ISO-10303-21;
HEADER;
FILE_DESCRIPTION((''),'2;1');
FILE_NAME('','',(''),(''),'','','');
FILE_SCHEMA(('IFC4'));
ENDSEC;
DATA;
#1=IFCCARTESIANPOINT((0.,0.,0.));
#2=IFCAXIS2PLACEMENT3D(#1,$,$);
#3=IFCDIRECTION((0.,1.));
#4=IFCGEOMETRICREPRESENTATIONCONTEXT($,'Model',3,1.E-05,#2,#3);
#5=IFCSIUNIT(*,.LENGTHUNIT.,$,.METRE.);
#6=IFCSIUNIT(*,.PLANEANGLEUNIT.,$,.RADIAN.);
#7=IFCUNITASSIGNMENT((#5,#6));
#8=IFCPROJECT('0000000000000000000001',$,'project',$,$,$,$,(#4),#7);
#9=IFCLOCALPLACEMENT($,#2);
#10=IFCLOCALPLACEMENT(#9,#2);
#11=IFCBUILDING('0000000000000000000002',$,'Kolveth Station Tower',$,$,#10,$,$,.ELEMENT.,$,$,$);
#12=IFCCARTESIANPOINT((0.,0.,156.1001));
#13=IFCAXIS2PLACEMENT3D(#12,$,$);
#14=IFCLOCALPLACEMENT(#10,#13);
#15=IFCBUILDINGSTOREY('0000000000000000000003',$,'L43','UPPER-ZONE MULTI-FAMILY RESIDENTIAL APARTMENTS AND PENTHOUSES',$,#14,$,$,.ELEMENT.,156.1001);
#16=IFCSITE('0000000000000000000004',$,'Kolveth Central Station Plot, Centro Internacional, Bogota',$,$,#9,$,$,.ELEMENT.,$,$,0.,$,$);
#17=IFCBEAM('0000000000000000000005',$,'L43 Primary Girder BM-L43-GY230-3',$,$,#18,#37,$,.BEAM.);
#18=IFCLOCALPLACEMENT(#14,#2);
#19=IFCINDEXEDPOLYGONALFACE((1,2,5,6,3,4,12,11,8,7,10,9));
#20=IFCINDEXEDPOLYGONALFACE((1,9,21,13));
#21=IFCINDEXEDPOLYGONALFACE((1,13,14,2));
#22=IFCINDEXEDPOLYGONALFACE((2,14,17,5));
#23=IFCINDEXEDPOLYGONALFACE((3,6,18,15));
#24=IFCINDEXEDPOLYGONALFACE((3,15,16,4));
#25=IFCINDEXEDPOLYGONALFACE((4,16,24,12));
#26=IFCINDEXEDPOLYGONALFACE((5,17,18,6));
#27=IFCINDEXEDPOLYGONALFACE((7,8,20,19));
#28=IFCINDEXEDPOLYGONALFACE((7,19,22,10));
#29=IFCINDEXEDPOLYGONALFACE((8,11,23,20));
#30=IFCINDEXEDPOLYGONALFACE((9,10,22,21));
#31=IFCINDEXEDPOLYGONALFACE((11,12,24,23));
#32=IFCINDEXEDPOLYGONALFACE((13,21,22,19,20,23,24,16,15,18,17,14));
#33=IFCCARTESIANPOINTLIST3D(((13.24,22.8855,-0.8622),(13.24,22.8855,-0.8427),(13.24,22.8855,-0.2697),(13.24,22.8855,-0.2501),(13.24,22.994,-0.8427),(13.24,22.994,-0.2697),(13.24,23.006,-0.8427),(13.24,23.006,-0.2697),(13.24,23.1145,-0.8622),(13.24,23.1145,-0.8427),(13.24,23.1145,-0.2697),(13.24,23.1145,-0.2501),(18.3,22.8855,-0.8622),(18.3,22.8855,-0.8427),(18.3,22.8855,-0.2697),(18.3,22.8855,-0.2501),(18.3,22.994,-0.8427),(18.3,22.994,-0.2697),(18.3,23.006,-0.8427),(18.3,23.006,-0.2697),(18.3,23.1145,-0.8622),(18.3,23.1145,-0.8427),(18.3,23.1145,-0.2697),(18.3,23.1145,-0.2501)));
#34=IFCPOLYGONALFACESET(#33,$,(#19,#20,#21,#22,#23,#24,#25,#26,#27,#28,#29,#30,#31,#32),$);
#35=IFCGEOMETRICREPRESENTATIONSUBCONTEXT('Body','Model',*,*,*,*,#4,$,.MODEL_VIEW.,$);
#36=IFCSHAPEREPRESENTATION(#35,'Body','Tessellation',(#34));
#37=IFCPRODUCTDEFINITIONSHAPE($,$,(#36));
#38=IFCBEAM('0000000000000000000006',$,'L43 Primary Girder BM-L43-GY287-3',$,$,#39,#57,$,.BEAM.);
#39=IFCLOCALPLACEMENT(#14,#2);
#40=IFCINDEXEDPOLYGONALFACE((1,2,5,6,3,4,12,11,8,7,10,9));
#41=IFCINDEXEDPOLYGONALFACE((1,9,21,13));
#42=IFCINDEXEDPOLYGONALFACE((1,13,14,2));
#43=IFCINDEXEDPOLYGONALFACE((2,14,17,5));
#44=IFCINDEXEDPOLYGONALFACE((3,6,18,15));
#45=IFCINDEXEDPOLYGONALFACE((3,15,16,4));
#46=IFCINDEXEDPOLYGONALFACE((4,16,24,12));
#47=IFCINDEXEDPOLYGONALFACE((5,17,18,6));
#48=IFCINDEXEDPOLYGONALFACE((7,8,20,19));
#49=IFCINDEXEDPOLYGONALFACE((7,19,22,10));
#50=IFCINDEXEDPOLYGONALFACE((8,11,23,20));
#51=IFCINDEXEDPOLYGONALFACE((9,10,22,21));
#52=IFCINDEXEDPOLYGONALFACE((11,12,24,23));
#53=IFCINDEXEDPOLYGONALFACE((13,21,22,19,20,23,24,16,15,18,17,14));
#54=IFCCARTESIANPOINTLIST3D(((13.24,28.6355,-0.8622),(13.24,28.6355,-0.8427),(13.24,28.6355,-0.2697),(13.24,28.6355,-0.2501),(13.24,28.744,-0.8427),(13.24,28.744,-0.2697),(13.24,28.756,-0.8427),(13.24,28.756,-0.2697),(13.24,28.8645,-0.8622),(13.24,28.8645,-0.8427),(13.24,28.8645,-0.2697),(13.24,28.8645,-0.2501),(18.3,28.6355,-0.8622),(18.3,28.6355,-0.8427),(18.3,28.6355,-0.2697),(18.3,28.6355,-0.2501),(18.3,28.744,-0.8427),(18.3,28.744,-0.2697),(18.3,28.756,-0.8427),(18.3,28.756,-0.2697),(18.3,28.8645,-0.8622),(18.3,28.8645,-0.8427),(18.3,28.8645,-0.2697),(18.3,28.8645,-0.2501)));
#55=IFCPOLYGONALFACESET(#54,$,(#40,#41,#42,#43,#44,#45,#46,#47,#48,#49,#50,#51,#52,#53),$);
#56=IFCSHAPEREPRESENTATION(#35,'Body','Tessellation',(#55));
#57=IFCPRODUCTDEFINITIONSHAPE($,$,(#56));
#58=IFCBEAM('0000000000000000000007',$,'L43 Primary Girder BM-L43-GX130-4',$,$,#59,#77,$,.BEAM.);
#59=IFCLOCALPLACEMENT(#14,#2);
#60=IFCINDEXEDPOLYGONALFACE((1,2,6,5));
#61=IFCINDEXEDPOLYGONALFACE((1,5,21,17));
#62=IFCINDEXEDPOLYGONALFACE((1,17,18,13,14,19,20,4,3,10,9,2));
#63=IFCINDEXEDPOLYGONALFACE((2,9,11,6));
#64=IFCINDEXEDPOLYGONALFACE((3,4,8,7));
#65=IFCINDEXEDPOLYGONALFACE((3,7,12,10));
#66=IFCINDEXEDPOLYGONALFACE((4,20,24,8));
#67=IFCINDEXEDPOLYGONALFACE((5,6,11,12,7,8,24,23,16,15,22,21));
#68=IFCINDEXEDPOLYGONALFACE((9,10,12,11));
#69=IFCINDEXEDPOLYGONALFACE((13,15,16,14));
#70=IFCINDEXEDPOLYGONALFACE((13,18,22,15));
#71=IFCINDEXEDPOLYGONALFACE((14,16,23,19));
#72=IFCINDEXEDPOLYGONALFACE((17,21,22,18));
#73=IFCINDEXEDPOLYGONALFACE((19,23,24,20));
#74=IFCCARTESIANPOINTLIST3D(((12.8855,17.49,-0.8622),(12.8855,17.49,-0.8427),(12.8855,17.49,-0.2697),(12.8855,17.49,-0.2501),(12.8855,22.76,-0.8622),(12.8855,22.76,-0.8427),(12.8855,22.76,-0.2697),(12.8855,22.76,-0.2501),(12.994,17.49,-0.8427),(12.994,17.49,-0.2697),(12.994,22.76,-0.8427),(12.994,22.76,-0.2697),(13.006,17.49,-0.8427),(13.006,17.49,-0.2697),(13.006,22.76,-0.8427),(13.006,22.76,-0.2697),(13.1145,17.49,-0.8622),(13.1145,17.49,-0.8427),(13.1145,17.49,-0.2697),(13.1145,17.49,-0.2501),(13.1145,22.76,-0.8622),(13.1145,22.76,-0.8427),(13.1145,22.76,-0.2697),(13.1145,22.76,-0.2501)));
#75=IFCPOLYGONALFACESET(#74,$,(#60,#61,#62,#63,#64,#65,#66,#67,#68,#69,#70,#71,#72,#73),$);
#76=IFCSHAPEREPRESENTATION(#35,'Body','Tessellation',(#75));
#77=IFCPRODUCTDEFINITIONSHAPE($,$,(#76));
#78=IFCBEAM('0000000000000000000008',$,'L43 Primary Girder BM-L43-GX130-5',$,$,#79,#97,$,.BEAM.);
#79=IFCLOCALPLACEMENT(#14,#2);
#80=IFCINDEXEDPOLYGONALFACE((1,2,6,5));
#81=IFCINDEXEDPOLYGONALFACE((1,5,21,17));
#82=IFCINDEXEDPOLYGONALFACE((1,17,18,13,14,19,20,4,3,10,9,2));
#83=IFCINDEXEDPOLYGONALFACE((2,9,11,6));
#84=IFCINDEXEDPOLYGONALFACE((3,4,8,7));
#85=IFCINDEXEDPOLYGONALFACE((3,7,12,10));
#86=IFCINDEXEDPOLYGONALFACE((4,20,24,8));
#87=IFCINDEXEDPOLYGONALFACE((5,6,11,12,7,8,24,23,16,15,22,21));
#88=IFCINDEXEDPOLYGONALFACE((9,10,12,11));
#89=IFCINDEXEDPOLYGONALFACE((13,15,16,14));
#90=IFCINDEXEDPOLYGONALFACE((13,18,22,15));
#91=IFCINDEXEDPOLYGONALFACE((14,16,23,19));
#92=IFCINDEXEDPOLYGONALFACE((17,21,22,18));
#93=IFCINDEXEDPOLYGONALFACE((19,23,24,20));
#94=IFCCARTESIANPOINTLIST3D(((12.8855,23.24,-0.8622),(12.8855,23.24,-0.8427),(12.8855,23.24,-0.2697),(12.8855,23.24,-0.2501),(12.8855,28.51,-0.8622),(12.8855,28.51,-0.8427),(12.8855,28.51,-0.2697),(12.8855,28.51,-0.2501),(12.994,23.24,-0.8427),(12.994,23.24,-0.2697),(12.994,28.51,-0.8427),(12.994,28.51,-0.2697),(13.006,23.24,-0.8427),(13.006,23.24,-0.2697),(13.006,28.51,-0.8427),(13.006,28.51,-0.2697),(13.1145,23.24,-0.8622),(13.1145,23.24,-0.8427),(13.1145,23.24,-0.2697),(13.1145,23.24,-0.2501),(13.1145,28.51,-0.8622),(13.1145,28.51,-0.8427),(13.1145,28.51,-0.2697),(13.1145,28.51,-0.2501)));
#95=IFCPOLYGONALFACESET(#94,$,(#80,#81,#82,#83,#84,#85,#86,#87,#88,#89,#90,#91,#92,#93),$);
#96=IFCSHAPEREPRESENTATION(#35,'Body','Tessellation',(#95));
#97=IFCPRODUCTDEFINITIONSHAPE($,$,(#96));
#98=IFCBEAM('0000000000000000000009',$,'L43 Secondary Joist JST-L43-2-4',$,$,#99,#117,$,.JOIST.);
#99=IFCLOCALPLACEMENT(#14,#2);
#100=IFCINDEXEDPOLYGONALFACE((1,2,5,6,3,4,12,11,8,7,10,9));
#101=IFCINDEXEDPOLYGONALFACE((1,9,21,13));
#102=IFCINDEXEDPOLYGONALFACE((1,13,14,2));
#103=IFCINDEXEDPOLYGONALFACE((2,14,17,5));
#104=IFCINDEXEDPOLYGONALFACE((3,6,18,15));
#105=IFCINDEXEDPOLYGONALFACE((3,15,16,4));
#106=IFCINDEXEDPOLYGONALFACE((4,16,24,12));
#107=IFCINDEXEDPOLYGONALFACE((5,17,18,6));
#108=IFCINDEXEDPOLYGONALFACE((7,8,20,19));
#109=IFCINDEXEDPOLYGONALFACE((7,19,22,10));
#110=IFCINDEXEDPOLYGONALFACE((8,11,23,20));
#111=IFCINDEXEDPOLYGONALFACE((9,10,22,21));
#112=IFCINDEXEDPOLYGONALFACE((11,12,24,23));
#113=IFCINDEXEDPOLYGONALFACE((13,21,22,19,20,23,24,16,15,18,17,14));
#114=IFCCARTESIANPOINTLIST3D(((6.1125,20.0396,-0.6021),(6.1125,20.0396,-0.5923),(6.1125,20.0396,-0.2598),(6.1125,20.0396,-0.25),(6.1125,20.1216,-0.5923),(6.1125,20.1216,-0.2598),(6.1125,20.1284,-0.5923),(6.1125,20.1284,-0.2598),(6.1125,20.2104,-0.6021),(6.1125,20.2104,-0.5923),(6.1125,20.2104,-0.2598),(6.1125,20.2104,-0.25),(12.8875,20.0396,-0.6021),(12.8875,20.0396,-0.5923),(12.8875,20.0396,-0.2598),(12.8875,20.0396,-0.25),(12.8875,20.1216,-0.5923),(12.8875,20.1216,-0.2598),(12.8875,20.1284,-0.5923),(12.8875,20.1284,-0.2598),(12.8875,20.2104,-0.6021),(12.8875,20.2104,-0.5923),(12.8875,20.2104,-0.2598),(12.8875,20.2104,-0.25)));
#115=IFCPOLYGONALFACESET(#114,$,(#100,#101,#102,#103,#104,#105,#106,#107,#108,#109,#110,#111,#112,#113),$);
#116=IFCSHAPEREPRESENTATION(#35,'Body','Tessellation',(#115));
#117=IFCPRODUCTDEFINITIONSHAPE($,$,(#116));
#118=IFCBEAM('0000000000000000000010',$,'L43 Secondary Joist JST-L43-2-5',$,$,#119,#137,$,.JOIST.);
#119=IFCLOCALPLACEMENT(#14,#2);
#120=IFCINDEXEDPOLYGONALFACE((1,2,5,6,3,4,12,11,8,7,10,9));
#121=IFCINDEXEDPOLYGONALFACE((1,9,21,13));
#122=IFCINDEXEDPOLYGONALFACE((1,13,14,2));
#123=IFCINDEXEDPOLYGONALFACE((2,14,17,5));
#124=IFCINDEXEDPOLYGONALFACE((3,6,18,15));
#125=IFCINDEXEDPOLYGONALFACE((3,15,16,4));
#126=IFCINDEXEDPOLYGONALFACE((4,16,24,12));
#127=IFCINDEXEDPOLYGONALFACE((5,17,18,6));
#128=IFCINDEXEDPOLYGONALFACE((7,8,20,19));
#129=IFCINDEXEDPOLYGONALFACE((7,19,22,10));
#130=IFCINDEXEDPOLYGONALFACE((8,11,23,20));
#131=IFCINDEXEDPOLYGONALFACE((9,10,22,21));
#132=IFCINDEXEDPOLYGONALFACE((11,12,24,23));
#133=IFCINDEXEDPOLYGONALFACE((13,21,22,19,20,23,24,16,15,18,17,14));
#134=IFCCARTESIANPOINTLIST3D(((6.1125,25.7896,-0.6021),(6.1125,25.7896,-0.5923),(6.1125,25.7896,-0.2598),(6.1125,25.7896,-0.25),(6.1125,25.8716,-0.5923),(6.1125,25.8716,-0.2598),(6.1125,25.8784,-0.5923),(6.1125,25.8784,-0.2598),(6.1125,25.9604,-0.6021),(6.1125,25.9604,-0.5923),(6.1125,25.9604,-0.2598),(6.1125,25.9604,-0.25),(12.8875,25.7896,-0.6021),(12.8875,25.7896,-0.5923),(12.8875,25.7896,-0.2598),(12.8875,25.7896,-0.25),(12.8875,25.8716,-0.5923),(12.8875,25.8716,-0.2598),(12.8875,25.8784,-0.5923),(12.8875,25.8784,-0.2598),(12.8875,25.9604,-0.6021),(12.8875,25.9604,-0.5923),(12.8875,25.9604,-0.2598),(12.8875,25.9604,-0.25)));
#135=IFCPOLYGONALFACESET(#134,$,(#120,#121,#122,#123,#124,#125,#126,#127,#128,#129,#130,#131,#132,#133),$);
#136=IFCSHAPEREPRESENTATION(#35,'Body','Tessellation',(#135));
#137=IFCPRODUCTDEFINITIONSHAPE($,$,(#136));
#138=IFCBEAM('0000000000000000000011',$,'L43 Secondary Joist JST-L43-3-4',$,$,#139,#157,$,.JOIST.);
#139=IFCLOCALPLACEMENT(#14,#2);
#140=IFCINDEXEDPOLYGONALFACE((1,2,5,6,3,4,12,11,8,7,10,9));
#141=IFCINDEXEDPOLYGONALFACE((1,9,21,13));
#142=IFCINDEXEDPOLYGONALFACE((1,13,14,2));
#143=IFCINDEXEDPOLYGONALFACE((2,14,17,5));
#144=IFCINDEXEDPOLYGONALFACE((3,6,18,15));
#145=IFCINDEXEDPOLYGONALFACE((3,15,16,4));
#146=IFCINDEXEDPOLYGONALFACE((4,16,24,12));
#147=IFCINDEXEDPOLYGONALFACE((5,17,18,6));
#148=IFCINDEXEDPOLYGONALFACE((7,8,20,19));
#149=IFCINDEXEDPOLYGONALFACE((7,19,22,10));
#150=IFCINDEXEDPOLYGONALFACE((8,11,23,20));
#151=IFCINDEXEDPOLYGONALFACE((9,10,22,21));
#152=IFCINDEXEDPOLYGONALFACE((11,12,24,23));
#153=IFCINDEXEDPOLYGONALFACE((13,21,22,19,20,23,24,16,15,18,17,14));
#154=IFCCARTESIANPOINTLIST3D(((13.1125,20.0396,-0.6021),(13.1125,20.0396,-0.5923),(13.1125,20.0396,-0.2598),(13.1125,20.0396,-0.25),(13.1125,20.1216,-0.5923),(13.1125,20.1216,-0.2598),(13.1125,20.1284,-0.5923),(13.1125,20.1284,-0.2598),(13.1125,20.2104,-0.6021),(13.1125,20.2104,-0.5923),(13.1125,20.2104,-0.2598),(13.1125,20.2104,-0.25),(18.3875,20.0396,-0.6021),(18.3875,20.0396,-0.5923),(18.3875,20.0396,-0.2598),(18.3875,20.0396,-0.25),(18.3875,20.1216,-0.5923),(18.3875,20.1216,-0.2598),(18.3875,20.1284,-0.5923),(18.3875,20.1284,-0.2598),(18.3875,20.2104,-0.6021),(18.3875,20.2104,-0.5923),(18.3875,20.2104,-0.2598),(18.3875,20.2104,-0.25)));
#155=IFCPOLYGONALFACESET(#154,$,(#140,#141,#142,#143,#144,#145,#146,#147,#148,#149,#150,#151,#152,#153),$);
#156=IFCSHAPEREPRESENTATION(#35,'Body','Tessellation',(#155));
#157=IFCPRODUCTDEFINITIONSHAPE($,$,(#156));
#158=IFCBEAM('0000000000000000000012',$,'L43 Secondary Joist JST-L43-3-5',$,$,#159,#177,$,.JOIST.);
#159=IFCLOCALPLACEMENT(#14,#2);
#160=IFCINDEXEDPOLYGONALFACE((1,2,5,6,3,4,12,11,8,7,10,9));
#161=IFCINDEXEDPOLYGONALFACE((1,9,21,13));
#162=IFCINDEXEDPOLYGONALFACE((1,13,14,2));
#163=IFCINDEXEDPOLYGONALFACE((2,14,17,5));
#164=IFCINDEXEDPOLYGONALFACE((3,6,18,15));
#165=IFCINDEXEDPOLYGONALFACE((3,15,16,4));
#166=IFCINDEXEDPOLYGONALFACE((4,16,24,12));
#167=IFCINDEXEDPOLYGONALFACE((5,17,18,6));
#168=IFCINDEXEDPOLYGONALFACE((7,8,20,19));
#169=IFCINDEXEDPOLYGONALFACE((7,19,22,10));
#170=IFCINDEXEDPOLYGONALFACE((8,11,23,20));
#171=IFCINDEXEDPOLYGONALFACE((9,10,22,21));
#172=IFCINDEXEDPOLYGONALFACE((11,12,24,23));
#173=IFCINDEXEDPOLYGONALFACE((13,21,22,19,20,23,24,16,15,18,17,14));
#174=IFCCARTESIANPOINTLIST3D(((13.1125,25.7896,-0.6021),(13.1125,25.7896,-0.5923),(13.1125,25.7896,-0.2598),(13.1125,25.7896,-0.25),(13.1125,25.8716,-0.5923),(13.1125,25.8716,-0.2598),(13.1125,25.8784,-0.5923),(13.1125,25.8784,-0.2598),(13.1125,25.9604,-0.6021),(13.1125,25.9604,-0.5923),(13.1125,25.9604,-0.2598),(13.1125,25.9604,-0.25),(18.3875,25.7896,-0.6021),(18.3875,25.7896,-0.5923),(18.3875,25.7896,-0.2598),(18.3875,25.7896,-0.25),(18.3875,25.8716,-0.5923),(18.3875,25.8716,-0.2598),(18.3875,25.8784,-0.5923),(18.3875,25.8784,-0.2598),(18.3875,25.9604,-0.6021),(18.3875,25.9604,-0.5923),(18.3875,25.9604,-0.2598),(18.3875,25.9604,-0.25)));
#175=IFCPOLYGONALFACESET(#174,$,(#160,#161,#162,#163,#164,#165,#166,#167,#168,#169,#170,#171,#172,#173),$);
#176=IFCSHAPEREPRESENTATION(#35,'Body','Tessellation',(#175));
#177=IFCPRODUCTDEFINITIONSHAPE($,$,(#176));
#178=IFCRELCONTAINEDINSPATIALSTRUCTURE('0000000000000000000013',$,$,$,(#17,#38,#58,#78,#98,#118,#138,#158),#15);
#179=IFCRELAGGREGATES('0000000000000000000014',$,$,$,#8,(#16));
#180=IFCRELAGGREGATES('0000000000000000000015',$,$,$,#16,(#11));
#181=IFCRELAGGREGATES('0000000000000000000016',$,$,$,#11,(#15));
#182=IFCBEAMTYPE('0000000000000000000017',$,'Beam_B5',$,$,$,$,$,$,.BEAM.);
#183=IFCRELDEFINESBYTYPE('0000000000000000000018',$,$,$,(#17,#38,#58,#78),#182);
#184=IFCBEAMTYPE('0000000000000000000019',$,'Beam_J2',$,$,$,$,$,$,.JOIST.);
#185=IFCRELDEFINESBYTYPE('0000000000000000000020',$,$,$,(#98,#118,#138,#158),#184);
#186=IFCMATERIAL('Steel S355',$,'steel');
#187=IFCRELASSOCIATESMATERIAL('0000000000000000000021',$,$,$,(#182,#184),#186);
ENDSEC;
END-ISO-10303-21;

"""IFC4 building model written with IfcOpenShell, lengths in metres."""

from ifc_helpers import new_model, si_unit, direction, frame, origin, origin_2d, place, context, subcontext, project, spatial, i_section, extrude, source, transform, mapped, material, material_profile, profile_set, type_object, element, save


model = new_model("IFC4")

# Units and contexts
model_context = context("Model", 3, precision=1e-05, world=origin(), true_north=direction((0.0, 1.0)))
body_context = subcontext(model_context, "Body", "Model", "MODEL_VIEW")
ifc_project = project(units=[si_unit("LENGTHUNIT", "METRE"), si_unit("PLANEANGLEUNIT", "RADIAN")], contexts=[model_context])

# Site, building, storey
site_placement = place(None, origin())
site = spatial("IfcSite", under=ifc_project, at=site_placement, Name="Kolveth Central Station Plot, Centro Internacional, Bogota", CompositionType="ELEMENT", RefElevation=0.0)
building_placement = place(site_placement, origin())
building = spatial("IfcBuilding", under=site, at=building_placement, Name="Kolveth Station Tower", CompositionType="ELEMENT")
storey_placement = place(building_placement, frame((0.0, 0.0, 156.1001)))
storey = spatial("IfcBuildingStorey", under=building, at=storey_placement, Name="L43", Description="UPPER-ZONE MULTI-FAMILY RESIDENTIAL APARTMENTS AND PENTHOUSES", CompositionType="ELEMENT", Elevation=156.1001)

# Shared definitions
ifc_material_1 = material(Name="Steel S355", Category="steel")

# Beams
ifc_material_profile_1 = material_profile(ifc_material_1, i_section(OverallWidth=0.229, OverallDepth=0.6121, WebThickness=0.012, FlangeThickness=0.0195, at=origin_2d()), Name="W610x125")
ifc_profile_set_1 = profile_set([ifc_material_profile_1], Name="Steel S355")
beam_type_1 = type_object("IfcBeamType", Name="Beam_B5", PredefinedType="BEAM", material=ifc_profile_set_1)
shared_shape_1 = source(origin(), body_context, "Body", "SweptSolid", [
    extrude(i_section(OverallWidth=0.229, OverallDepth=0.6121, WebThickness=0.012, FlangeThickness=0.0195, at=origin_2d()), origin(), (0.0, 0.0, 1.0), 5.0601),
])
for number, where, z_axis, x_axis, name in (
    (1, (13.24, 23.0, -0.5562), (1.0, 0.0, 0.0), (0.0, 1.0, 0.0), "L43 Primary Girder BM-L43-GY230-3"),
    (2, (13.24, 28.75, -0.5562), (1.0, 0.0, 0.0), (0.0, 1.0, 0.0), "L43 Primary Girder BM-L43-GY287-3"),
):
    element("IfcBeam", number, at=place(storey_placement, frame(where, z_axis=z_axis, x_axis=x_axis)), inside=storey, type_object=beam_type_1, Name=name, PredefinedType="BEAM", context=body_context, shape_type="MappedRepresentation", body=[
        mapped(shared_shape_1, transform((0.0, 0.0, 0.0), x_axis=(1.0, 0.0, 0.0), y_axis=(0.0, 1.0, 0.0), z_axis=(0.0, 0.0, 1.0), scale=1.0)),
    ])
shared_shape_2 = source(origin(), body_context, "Body", "SweptSolid", [
    extrude(i_section(OverallWidth=0.229, OverallDepth=0.6121, WebThickness=0.012, FlangeThickness=0.0195, at=origin_2d()), origin(), (0.0, 0.0, 1.0), 5.27),
])
for number, where, z_axis, x_axis, name in (
    (3, (13.0, 17.49, -0.5562), (0.0, 1.0, 0.0), (-1.0, 0.0, 0.0), "L43 Primary Girder BM-L43-GX130-4"),
    (4, (13.0, 23.24, -0.5562), (0.0, 1.0, 0.0), (-1.0, 0.0, 0.0), "L43 Primary Girder BM-L43-GX130-5"),
):
    element("IfcBeam", number, at=place(storey_placement, frame(where, z_axis=z_axis, x_axis=x_axis)), inside=storey, type_object=beam_type_1, Name=name, PredefinedType="BEAM", context=body_context, shape_type="MappedRepresentation", body=[
        mapped(shared_shape_2, transform((0.0, 0.0, 0.0), x_axis=(1.0, 0.0, 0.0), y_axis=(0.0, 1.0, 0.0), z_axis=(0.0, 0.0, 1.0), scale=1.0)),
    ])
ifc_material_profile_2 = material_profile(ifc_material_1, i_section(OverallWidth=0.1709, OverallDepth=0.3521, WebThickness=0.0068, FlangeThickness=0.0098, at=origin_2d()), Name="W360x44")
ifc_profile_set_2 = profile_set([ifc_material_profile_2], Name="Steel S355")
beam_type_2 = type_object("IfcBeamType", Name="Beam_J2", PredefinedType="JOIST", material=ifc_profile_set_2)
shared_shape_3 = source(origin(), body_context, "Body", "SweptSolid", [
    extrude(i_section(OverallWidth=0.1709, OverallDepth=0.3521, WebThickness=0.0068, FlangeThickness=0.0098, at=origin_2d()), origin(), (0.0, 0.0, 1.0), 6.7749),
])
for number, where, z_axis, x_axis, name in (
    (5, (6.1125, 20.125, -0.426), (1.0, 0.0, 0.0), (0.0, 1.0, 0.0), "L43 Secondary Joist JST-L43-2-4"),
    (6, (6.1125, 25.875, -0.426), (1.0, 0.0, 0.0), (0.0, 1.0, 0.0), "L43 Secondary Joist JST-L43-2-5"),
):
    element("IfcBeam", number, at=place(storey_placement, frame(where, z_axis=z_axis, x_axis=x_axis)), inside=storey, type_object=beam_type_2, Name=name, PredefinedType="JOIST", context=body_context, shape_type="MappedRepresentation", body=[
        mapped(shared_shape_3, transform((0.0, 0.0, 0.0), x_axis=(1.0, 0.0, 0.0), y_axis=(0.0, 1.0, 0.0), z_axis=(0.0, 0.0, 1.0), scale=1.0)),
    ])
shared_shape_4 = source(origin(), body_context, "Body", "SweptSolid", [
    extrude(i_section(OverallWidth=0.1709, OverallDepth=0.3521, WebThickness=0.0068, FlangeThickness=0.0098, at=origin_2d()), origin(), (0.0, 0.0, 1.0), 5.2749),
])
for number, where, z_axis, x_axis, name in (
    (7, (13.1125, 20.125, -0.426), (1.0, 0.0, 0.0), (0.0, 1.0, 0.0), "L43 Secondary Joist JST-L43-3-4"),
    (8, (13.1125, 25.875, -0.426), (1.0, 0.0, 0.0), (0.0, 1.0, 0.0), "L43 Secondary Joist JST-L43-3-5"),
):
    element("IfcBeam", number, at=place(storey_placement, frame(where, z_axis=z_axis, x_axis=x_axis)), inside=storey, type_object=beam_type_2, Name=name, PredefinedType="JOIST", context=body_context, shape_type="MappedRepresentation", body=[
        mapped(shared_shape_4, transform((0.0, 0.0, 0.0), x_axis=(1.0, 0.0, 0.0), y_axis=(0.0, 1.0, 0.0), z_axis=(0.0, 0.0, 1.0), scale=1.0)),
    ])

save(model, "model.ifc")
